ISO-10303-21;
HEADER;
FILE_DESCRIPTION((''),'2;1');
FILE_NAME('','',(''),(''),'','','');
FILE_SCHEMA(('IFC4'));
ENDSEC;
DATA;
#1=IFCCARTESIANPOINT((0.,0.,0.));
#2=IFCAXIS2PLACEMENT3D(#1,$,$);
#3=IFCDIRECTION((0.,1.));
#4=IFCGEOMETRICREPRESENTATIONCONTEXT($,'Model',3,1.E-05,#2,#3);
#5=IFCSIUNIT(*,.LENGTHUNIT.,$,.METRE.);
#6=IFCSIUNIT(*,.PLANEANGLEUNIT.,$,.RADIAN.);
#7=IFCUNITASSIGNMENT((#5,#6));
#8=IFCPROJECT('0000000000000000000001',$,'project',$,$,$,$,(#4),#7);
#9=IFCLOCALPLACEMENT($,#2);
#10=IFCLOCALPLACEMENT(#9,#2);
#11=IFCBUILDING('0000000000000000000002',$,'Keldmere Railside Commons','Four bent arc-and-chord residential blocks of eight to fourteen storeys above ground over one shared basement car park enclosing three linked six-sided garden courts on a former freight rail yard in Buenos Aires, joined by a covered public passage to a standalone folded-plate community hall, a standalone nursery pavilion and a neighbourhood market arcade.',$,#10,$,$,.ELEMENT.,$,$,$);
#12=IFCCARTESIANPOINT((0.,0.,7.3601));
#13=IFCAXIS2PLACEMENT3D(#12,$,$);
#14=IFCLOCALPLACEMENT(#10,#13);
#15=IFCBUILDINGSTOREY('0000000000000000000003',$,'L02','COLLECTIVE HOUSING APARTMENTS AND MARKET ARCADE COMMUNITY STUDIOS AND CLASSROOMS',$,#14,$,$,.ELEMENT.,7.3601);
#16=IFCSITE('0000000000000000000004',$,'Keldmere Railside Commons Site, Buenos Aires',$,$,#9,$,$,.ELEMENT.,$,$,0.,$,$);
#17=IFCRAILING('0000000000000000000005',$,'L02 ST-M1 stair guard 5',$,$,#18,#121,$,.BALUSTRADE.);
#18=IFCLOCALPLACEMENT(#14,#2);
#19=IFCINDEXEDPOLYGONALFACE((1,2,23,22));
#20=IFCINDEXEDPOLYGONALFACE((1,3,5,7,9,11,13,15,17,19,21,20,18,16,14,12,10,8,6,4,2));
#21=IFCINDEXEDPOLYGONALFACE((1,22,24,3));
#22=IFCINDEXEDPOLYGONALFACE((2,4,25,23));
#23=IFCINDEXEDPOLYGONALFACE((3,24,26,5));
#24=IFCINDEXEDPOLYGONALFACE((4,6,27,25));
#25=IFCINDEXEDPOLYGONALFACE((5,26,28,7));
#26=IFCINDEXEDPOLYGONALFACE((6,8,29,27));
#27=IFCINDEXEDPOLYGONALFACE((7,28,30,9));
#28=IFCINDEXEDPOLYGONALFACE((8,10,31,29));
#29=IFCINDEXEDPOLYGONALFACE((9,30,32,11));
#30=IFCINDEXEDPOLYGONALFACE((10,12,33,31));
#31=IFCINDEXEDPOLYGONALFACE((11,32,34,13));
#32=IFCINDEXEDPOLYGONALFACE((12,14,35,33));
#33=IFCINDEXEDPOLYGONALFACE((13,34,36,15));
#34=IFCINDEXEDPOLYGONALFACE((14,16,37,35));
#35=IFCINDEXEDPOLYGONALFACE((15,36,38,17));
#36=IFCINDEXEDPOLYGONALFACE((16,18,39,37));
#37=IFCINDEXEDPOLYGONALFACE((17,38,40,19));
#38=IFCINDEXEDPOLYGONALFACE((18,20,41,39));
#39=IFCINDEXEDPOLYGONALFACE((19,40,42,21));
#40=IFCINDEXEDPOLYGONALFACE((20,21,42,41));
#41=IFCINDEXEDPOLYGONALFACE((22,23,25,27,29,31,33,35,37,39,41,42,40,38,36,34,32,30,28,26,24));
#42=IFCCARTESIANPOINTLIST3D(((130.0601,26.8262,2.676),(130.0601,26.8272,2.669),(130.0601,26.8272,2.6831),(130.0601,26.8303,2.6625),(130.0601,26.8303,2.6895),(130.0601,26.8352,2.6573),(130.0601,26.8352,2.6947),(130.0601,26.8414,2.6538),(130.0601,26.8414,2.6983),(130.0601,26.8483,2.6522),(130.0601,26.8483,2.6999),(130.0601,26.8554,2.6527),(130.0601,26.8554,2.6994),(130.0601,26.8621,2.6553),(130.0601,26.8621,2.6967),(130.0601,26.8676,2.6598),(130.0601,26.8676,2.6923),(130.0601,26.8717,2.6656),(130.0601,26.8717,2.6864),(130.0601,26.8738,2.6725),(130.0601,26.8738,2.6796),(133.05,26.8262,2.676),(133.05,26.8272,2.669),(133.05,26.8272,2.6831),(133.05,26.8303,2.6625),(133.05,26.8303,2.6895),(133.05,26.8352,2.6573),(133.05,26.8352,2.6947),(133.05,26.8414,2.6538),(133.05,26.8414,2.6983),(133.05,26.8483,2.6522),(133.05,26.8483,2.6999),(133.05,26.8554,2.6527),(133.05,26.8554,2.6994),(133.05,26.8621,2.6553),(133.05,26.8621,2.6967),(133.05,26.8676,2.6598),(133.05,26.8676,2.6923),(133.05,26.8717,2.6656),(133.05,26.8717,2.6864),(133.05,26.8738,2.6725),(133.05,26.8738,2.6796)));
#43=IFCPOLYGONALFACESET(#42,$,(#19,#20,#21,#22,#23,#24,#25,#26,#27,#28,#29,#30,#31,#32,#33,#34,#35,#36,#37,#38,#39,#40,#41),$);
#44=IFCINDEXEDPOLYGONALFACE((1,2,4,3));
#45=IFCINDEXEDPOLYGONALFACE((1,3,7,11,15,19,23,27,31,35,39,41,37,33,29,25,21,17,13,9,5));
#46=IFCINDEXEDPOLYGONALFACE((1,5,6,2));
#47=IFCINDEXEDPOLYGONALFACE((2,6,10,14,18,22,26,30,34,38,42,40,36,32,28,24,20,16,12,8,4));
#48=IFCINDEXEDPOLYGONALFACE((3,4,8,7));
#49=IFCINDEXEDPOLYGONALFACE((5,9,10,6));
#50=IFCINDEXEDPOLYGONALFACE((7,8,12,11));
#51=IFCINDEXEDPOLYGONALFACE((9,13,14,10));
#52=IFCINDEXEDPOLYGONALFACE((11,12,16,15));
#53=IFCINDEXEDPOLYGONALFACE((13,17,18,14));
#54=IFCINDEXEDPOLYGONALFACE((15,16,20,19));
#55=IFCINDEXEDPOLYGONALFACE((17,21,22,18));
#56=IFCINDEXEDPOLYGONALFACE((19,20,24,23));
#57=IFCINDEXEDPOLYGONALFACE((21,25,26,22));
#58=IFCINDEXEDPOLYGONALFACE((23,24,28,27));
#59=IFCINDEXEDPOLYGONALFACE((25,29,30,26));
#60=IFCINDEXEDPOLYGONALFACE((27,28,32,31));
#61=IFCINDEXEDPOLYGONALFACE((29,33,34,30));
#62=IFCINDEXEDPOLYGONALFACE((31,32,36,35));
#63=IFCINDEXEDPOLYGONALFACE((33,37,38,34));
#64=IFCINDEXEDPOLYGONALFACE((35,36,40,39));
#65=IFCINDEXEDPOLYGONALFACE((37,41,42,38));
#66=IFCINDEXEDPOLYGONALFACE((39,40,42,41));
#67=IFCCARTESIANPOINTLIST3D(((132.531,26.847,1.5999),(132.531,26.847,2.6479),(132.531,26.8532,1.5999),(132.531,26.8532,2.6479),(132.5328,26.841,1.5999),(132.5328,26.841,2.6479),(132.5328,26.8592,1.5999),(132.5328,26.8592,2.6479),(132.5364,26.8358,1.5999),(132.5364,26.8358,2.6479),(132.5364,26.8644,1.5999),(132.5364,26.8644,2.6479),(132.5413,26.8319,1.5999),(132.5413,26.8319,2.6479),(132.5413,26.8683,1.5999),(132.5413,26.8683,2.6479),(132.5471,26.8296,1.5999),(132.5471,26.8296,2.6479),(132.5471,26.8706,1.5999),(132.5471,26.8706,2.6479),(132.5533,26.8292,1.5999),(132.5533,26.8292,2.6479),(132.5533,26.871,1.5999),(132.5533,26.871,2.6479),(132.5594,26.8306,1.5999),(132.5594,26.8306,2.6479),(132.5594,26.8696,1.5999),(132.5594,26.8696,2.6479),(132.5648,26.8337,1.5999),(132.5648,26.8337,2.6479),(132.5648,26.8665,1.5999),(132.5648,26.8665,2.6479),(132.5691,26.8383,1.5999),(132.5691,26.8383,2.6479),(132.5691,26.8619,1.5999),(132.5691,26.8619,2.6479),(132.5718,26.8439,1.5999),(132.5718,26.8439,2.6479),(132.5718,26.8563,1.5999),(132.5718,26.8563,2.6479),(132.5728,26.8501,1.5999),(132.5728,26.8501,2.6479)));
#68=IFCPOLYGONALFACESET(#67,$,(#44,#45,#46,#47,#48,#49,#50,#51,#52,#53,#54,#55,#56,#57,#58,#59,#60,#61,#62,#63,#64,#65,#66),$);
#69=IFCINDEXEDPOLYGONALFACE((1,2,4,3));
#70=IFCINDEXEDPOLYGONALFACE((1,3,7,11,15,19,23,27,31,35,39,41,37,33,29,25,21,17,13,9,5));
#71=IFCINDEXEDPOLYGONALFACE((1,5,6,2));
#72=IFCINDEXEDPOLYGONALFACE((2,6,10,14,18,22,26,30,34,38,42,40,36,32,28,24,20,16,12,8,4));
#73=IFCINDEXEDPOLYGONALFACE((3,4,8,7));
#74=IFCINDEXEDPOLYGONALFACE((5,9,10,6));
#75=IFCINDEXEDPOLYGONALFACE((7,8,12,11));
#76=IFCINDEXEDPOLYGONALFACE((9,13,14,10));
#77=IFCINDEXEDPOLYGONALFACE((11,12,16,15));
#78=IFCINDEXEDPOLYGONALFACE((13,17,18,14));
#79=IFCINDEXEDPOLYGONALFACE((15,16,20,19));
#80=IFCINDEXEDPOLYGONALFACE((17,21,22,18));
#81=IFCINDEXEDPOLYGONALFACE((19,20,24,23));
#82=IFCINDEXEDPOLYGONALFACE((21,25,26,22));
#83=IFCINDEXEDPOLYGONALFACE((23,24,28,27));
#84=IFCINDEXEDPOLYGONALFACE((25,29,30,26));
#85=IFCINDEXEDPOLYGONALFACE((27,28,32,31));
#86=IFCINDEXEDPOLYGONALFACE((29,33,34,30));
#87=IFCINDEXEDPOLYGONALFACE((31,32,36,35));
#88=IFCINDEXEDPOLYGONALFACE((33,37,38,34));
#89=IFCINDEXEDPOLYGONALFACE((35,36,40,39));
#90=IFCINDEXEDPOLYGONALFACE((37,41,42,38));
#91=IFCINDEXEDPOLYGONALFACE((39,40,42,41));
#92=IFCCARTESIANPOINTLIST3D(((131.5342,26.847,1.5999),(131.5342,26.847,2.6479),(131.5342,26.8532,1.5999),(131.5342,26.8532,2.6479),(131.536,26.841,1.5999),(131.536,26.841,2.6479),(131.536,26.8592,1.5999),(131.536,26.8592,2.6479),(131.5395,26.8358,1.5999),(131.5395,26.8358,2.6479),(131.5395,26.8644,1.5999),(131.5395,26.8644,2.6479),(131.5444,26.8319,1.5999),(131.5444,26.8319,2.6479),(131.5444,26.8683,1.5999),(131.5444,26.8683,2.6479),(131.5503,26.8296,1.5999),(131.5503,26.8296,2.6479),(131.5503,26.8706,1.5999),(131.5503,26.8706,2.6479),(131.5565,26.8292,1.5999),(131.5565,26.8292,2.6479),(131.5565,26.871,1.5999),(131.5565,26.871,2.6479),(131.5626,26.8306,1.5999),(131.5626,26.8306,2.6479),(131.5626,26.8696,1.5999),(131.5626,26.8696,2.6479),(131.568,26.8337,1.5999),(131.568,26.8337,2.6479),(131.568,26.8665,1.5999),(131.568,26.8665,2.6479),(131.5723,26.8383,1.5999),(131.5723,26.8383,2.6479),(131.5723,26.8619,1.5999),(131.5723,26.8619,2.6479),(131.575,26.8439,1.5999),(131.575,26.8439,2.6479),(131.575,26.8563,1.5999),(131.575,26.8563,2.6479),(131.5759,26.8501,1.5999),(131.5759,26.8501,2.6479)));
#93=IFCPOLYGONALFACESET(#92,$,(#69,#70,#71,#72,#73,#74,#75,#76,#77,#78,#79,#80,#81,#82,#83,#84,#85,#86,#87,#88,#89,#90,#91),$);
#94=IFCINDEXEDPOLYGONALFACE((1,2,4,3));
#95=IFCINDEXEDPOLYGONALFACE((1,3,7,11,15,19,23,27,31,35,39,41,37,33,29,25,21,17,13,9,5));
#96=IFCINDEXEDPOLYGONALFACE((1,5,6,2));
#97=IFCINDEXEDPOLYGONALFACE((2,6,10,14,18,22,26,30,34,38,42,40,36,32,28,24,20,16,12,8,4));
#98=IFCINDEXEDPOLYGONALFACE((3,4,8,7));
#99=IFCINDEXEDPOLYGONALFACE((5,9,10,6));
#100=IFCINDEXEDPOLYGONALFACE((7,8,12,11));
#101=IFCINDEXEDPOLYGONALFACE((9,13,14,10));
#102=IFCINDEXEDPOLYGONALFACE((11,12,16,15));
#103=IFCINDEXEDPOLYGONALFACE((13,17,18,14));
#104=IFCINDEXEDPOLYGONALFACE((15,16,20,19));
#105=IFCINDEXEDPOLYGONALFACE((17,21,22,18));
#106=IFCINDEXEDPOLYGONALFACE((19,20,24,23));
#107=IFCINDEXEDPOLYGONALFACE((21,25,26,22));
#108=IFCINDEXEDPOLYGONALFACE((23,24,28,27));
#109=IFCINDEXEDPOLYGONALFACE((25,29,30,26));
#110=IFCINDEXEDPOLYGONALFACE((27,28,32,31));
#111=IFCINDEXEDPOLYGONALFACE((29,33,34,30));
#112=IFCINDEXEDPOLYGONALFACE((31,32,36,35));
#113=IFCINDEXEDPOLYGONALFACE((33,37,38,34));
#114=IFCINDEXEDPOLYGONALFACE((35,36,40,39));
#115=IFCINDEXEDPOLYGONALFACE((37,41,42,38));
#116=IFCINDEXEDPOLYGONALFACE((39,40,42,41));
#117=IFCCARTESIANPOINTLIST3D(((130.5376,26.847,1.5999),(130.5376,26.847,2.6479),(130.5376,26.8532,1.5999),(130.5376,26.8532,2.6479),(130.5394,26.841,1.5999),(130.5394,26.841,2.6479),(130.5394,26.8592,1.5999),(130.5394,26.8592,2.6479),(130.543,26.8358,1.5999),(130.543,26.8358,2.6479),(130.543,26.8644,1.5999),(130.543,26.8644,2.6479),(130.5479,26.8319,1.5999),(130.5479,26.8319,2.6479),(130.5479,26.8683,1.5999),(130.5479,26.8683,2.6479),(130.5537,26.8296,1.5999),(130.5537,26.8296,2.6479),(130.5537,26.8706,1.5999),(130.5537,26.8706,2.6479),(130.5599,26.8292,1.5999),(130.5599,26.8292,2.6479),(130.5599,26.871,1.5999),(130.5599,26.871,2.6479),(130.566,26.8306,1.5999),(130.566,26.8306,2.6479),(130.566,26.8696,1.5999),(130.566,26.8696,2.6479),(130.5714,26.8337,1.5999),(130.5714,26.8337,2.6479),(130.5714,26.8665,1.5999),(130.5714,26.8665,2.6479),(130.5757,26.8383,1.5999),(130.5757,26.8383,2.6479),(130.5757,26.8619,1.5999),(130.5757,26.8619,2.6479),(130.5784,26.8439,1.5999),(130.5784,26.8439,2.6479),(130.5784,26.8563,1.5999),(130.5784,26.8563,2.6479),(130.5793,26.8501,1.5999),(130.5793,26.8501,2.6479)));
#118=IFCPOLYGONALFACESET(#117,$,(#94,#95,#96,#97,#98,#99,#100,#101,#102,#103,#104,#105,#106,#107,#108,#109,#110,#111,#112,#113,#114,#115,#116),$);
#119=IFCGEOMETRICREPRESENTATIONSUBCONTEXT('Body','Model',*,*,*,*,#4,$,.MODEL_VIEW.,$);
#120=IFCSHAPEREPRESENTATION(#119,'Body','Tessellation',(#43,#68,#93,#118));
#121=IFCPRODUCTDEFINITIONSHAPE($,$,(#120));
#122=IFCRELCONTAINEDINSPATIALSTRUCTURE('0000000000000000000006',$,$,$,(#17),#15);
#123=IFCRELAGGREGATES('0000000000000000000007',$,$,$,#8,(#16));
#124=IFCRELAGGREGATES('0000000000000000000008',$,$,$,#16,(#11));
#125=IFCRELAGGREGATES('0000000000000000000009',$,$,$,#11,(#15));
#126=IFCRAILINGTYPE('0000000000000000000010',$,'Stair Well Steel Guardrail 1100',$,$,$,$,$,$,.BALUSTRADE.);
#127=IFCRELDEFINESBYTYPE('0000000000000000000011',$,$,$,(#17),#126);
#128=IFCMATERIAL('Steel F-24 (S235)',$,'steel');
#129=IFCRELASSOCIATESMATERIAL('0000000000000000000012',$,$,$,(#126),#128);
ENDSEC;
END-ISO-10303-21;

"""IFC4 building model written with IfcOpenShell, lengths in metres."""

from ifc_helpers import new_model, si_unit, direction, frame, origin, origin_2d, place, context, subcontext, project, spatial, circle, extrude, material, type_object, element, save


model = new_model("IFC4")

# Units and contexts
model_context = context("Model", 3, precision=1e-05, world=origin(), true_north=direction((0.0, 1.0)))
body_context = subcontext(model_context, "Body", "Model", "MODEL_VIEW")
ifc_project = project(units=[si_unit("LENGTHUNIT", "METRE"), si_unit("PLANEANGLEUNIT", "RADIAN")], contexts=[model_context])

# Site, building, storey
site_placement = place(None, origin())
site = spatial("IfcSite", under=ifc_project, at=site_placement, Name="Keldmere Railside Commons Site, Buenos Aires", CompositionType="ELEMENT", RefElevation=0.0)
building_placement = place(site_placement, origin())
building = spatial("IfcBuilding", under=site, at=building_placement, Name="Keldmere Railside Commons", Description="Four bent arc-and-chord residential blocks of eight to fourteen storeys above ground over one shared basement car park enclosing three linked six-sided garden courts on a former freight rail yard in Buenos Aires, joined by a covered public passage to a standalone folded-plate community hall, a standalone nursery pavilion and a neighbourhood market arcade.", CompositionType="ELEMENT")
storey_placement = place(building_placement, frame((0.0, 0.0, 7.3601)))
storey = spatial("IfcBuildingStorey", under=building, at=storey_placement, Name="L02", Description="COLLECTIVE HOUSING APARTMENTS AND MARKET ARCADE COMMUNITY STUDIOS AND CLASSROOMS", CompositionType="ELEMENT", Elevation=7.3601)

# Shared definitions
ifc_material_1 = material(Name="Steel F-24 (S235)", Category="steel")

# Railing
railing_type_1 = type_object("IfcRailingType", Name="Stair Well Steel Guardrail 1100", PredefinedType="BALUSTRADE", material=ifc_material_1)
railing_1_placement = place(storey_placement, frame((133.05, 26.8501, 1.5999)))
element("IfcRailing", 1, at=railing_1_placement, inside=storey, type_object=railing_type_1, Name="L02 ST-M1 stair guard 5", PredefinedType="BALUSTRADE", context=body_context, shape_type="SweptSolid", body=[
    extrude(circle(Radius=0.0239, at=origin_2d()), frame((0.0, 0.0, 1.0762), z_axis=(-1.0, 0.0, 0.0), x_axis=(0.0, -1.0, 0.0)), (0.0, 0.0, 1.0), 2.99),
    extrude(circle(Radius=0.021, at=origin_2d()), frame((-0.4983, 0.0, 0.0)), (0.0, 0.0, 1.0), 1.0481),
    extrude(circle(Radius=0.021, at=origin_2d()), frame((-1.4951, 0.0, 0.0)), (0.0, 0.0, 1.0), 1.0481),
    extrude(circle(Radius=0.021, at=origin_2d()), frame((-2.4917, 0.0, 0.0)), (0.0, 0.0, 1.0), 1.0481),
])

save(model, "model.ifc")
